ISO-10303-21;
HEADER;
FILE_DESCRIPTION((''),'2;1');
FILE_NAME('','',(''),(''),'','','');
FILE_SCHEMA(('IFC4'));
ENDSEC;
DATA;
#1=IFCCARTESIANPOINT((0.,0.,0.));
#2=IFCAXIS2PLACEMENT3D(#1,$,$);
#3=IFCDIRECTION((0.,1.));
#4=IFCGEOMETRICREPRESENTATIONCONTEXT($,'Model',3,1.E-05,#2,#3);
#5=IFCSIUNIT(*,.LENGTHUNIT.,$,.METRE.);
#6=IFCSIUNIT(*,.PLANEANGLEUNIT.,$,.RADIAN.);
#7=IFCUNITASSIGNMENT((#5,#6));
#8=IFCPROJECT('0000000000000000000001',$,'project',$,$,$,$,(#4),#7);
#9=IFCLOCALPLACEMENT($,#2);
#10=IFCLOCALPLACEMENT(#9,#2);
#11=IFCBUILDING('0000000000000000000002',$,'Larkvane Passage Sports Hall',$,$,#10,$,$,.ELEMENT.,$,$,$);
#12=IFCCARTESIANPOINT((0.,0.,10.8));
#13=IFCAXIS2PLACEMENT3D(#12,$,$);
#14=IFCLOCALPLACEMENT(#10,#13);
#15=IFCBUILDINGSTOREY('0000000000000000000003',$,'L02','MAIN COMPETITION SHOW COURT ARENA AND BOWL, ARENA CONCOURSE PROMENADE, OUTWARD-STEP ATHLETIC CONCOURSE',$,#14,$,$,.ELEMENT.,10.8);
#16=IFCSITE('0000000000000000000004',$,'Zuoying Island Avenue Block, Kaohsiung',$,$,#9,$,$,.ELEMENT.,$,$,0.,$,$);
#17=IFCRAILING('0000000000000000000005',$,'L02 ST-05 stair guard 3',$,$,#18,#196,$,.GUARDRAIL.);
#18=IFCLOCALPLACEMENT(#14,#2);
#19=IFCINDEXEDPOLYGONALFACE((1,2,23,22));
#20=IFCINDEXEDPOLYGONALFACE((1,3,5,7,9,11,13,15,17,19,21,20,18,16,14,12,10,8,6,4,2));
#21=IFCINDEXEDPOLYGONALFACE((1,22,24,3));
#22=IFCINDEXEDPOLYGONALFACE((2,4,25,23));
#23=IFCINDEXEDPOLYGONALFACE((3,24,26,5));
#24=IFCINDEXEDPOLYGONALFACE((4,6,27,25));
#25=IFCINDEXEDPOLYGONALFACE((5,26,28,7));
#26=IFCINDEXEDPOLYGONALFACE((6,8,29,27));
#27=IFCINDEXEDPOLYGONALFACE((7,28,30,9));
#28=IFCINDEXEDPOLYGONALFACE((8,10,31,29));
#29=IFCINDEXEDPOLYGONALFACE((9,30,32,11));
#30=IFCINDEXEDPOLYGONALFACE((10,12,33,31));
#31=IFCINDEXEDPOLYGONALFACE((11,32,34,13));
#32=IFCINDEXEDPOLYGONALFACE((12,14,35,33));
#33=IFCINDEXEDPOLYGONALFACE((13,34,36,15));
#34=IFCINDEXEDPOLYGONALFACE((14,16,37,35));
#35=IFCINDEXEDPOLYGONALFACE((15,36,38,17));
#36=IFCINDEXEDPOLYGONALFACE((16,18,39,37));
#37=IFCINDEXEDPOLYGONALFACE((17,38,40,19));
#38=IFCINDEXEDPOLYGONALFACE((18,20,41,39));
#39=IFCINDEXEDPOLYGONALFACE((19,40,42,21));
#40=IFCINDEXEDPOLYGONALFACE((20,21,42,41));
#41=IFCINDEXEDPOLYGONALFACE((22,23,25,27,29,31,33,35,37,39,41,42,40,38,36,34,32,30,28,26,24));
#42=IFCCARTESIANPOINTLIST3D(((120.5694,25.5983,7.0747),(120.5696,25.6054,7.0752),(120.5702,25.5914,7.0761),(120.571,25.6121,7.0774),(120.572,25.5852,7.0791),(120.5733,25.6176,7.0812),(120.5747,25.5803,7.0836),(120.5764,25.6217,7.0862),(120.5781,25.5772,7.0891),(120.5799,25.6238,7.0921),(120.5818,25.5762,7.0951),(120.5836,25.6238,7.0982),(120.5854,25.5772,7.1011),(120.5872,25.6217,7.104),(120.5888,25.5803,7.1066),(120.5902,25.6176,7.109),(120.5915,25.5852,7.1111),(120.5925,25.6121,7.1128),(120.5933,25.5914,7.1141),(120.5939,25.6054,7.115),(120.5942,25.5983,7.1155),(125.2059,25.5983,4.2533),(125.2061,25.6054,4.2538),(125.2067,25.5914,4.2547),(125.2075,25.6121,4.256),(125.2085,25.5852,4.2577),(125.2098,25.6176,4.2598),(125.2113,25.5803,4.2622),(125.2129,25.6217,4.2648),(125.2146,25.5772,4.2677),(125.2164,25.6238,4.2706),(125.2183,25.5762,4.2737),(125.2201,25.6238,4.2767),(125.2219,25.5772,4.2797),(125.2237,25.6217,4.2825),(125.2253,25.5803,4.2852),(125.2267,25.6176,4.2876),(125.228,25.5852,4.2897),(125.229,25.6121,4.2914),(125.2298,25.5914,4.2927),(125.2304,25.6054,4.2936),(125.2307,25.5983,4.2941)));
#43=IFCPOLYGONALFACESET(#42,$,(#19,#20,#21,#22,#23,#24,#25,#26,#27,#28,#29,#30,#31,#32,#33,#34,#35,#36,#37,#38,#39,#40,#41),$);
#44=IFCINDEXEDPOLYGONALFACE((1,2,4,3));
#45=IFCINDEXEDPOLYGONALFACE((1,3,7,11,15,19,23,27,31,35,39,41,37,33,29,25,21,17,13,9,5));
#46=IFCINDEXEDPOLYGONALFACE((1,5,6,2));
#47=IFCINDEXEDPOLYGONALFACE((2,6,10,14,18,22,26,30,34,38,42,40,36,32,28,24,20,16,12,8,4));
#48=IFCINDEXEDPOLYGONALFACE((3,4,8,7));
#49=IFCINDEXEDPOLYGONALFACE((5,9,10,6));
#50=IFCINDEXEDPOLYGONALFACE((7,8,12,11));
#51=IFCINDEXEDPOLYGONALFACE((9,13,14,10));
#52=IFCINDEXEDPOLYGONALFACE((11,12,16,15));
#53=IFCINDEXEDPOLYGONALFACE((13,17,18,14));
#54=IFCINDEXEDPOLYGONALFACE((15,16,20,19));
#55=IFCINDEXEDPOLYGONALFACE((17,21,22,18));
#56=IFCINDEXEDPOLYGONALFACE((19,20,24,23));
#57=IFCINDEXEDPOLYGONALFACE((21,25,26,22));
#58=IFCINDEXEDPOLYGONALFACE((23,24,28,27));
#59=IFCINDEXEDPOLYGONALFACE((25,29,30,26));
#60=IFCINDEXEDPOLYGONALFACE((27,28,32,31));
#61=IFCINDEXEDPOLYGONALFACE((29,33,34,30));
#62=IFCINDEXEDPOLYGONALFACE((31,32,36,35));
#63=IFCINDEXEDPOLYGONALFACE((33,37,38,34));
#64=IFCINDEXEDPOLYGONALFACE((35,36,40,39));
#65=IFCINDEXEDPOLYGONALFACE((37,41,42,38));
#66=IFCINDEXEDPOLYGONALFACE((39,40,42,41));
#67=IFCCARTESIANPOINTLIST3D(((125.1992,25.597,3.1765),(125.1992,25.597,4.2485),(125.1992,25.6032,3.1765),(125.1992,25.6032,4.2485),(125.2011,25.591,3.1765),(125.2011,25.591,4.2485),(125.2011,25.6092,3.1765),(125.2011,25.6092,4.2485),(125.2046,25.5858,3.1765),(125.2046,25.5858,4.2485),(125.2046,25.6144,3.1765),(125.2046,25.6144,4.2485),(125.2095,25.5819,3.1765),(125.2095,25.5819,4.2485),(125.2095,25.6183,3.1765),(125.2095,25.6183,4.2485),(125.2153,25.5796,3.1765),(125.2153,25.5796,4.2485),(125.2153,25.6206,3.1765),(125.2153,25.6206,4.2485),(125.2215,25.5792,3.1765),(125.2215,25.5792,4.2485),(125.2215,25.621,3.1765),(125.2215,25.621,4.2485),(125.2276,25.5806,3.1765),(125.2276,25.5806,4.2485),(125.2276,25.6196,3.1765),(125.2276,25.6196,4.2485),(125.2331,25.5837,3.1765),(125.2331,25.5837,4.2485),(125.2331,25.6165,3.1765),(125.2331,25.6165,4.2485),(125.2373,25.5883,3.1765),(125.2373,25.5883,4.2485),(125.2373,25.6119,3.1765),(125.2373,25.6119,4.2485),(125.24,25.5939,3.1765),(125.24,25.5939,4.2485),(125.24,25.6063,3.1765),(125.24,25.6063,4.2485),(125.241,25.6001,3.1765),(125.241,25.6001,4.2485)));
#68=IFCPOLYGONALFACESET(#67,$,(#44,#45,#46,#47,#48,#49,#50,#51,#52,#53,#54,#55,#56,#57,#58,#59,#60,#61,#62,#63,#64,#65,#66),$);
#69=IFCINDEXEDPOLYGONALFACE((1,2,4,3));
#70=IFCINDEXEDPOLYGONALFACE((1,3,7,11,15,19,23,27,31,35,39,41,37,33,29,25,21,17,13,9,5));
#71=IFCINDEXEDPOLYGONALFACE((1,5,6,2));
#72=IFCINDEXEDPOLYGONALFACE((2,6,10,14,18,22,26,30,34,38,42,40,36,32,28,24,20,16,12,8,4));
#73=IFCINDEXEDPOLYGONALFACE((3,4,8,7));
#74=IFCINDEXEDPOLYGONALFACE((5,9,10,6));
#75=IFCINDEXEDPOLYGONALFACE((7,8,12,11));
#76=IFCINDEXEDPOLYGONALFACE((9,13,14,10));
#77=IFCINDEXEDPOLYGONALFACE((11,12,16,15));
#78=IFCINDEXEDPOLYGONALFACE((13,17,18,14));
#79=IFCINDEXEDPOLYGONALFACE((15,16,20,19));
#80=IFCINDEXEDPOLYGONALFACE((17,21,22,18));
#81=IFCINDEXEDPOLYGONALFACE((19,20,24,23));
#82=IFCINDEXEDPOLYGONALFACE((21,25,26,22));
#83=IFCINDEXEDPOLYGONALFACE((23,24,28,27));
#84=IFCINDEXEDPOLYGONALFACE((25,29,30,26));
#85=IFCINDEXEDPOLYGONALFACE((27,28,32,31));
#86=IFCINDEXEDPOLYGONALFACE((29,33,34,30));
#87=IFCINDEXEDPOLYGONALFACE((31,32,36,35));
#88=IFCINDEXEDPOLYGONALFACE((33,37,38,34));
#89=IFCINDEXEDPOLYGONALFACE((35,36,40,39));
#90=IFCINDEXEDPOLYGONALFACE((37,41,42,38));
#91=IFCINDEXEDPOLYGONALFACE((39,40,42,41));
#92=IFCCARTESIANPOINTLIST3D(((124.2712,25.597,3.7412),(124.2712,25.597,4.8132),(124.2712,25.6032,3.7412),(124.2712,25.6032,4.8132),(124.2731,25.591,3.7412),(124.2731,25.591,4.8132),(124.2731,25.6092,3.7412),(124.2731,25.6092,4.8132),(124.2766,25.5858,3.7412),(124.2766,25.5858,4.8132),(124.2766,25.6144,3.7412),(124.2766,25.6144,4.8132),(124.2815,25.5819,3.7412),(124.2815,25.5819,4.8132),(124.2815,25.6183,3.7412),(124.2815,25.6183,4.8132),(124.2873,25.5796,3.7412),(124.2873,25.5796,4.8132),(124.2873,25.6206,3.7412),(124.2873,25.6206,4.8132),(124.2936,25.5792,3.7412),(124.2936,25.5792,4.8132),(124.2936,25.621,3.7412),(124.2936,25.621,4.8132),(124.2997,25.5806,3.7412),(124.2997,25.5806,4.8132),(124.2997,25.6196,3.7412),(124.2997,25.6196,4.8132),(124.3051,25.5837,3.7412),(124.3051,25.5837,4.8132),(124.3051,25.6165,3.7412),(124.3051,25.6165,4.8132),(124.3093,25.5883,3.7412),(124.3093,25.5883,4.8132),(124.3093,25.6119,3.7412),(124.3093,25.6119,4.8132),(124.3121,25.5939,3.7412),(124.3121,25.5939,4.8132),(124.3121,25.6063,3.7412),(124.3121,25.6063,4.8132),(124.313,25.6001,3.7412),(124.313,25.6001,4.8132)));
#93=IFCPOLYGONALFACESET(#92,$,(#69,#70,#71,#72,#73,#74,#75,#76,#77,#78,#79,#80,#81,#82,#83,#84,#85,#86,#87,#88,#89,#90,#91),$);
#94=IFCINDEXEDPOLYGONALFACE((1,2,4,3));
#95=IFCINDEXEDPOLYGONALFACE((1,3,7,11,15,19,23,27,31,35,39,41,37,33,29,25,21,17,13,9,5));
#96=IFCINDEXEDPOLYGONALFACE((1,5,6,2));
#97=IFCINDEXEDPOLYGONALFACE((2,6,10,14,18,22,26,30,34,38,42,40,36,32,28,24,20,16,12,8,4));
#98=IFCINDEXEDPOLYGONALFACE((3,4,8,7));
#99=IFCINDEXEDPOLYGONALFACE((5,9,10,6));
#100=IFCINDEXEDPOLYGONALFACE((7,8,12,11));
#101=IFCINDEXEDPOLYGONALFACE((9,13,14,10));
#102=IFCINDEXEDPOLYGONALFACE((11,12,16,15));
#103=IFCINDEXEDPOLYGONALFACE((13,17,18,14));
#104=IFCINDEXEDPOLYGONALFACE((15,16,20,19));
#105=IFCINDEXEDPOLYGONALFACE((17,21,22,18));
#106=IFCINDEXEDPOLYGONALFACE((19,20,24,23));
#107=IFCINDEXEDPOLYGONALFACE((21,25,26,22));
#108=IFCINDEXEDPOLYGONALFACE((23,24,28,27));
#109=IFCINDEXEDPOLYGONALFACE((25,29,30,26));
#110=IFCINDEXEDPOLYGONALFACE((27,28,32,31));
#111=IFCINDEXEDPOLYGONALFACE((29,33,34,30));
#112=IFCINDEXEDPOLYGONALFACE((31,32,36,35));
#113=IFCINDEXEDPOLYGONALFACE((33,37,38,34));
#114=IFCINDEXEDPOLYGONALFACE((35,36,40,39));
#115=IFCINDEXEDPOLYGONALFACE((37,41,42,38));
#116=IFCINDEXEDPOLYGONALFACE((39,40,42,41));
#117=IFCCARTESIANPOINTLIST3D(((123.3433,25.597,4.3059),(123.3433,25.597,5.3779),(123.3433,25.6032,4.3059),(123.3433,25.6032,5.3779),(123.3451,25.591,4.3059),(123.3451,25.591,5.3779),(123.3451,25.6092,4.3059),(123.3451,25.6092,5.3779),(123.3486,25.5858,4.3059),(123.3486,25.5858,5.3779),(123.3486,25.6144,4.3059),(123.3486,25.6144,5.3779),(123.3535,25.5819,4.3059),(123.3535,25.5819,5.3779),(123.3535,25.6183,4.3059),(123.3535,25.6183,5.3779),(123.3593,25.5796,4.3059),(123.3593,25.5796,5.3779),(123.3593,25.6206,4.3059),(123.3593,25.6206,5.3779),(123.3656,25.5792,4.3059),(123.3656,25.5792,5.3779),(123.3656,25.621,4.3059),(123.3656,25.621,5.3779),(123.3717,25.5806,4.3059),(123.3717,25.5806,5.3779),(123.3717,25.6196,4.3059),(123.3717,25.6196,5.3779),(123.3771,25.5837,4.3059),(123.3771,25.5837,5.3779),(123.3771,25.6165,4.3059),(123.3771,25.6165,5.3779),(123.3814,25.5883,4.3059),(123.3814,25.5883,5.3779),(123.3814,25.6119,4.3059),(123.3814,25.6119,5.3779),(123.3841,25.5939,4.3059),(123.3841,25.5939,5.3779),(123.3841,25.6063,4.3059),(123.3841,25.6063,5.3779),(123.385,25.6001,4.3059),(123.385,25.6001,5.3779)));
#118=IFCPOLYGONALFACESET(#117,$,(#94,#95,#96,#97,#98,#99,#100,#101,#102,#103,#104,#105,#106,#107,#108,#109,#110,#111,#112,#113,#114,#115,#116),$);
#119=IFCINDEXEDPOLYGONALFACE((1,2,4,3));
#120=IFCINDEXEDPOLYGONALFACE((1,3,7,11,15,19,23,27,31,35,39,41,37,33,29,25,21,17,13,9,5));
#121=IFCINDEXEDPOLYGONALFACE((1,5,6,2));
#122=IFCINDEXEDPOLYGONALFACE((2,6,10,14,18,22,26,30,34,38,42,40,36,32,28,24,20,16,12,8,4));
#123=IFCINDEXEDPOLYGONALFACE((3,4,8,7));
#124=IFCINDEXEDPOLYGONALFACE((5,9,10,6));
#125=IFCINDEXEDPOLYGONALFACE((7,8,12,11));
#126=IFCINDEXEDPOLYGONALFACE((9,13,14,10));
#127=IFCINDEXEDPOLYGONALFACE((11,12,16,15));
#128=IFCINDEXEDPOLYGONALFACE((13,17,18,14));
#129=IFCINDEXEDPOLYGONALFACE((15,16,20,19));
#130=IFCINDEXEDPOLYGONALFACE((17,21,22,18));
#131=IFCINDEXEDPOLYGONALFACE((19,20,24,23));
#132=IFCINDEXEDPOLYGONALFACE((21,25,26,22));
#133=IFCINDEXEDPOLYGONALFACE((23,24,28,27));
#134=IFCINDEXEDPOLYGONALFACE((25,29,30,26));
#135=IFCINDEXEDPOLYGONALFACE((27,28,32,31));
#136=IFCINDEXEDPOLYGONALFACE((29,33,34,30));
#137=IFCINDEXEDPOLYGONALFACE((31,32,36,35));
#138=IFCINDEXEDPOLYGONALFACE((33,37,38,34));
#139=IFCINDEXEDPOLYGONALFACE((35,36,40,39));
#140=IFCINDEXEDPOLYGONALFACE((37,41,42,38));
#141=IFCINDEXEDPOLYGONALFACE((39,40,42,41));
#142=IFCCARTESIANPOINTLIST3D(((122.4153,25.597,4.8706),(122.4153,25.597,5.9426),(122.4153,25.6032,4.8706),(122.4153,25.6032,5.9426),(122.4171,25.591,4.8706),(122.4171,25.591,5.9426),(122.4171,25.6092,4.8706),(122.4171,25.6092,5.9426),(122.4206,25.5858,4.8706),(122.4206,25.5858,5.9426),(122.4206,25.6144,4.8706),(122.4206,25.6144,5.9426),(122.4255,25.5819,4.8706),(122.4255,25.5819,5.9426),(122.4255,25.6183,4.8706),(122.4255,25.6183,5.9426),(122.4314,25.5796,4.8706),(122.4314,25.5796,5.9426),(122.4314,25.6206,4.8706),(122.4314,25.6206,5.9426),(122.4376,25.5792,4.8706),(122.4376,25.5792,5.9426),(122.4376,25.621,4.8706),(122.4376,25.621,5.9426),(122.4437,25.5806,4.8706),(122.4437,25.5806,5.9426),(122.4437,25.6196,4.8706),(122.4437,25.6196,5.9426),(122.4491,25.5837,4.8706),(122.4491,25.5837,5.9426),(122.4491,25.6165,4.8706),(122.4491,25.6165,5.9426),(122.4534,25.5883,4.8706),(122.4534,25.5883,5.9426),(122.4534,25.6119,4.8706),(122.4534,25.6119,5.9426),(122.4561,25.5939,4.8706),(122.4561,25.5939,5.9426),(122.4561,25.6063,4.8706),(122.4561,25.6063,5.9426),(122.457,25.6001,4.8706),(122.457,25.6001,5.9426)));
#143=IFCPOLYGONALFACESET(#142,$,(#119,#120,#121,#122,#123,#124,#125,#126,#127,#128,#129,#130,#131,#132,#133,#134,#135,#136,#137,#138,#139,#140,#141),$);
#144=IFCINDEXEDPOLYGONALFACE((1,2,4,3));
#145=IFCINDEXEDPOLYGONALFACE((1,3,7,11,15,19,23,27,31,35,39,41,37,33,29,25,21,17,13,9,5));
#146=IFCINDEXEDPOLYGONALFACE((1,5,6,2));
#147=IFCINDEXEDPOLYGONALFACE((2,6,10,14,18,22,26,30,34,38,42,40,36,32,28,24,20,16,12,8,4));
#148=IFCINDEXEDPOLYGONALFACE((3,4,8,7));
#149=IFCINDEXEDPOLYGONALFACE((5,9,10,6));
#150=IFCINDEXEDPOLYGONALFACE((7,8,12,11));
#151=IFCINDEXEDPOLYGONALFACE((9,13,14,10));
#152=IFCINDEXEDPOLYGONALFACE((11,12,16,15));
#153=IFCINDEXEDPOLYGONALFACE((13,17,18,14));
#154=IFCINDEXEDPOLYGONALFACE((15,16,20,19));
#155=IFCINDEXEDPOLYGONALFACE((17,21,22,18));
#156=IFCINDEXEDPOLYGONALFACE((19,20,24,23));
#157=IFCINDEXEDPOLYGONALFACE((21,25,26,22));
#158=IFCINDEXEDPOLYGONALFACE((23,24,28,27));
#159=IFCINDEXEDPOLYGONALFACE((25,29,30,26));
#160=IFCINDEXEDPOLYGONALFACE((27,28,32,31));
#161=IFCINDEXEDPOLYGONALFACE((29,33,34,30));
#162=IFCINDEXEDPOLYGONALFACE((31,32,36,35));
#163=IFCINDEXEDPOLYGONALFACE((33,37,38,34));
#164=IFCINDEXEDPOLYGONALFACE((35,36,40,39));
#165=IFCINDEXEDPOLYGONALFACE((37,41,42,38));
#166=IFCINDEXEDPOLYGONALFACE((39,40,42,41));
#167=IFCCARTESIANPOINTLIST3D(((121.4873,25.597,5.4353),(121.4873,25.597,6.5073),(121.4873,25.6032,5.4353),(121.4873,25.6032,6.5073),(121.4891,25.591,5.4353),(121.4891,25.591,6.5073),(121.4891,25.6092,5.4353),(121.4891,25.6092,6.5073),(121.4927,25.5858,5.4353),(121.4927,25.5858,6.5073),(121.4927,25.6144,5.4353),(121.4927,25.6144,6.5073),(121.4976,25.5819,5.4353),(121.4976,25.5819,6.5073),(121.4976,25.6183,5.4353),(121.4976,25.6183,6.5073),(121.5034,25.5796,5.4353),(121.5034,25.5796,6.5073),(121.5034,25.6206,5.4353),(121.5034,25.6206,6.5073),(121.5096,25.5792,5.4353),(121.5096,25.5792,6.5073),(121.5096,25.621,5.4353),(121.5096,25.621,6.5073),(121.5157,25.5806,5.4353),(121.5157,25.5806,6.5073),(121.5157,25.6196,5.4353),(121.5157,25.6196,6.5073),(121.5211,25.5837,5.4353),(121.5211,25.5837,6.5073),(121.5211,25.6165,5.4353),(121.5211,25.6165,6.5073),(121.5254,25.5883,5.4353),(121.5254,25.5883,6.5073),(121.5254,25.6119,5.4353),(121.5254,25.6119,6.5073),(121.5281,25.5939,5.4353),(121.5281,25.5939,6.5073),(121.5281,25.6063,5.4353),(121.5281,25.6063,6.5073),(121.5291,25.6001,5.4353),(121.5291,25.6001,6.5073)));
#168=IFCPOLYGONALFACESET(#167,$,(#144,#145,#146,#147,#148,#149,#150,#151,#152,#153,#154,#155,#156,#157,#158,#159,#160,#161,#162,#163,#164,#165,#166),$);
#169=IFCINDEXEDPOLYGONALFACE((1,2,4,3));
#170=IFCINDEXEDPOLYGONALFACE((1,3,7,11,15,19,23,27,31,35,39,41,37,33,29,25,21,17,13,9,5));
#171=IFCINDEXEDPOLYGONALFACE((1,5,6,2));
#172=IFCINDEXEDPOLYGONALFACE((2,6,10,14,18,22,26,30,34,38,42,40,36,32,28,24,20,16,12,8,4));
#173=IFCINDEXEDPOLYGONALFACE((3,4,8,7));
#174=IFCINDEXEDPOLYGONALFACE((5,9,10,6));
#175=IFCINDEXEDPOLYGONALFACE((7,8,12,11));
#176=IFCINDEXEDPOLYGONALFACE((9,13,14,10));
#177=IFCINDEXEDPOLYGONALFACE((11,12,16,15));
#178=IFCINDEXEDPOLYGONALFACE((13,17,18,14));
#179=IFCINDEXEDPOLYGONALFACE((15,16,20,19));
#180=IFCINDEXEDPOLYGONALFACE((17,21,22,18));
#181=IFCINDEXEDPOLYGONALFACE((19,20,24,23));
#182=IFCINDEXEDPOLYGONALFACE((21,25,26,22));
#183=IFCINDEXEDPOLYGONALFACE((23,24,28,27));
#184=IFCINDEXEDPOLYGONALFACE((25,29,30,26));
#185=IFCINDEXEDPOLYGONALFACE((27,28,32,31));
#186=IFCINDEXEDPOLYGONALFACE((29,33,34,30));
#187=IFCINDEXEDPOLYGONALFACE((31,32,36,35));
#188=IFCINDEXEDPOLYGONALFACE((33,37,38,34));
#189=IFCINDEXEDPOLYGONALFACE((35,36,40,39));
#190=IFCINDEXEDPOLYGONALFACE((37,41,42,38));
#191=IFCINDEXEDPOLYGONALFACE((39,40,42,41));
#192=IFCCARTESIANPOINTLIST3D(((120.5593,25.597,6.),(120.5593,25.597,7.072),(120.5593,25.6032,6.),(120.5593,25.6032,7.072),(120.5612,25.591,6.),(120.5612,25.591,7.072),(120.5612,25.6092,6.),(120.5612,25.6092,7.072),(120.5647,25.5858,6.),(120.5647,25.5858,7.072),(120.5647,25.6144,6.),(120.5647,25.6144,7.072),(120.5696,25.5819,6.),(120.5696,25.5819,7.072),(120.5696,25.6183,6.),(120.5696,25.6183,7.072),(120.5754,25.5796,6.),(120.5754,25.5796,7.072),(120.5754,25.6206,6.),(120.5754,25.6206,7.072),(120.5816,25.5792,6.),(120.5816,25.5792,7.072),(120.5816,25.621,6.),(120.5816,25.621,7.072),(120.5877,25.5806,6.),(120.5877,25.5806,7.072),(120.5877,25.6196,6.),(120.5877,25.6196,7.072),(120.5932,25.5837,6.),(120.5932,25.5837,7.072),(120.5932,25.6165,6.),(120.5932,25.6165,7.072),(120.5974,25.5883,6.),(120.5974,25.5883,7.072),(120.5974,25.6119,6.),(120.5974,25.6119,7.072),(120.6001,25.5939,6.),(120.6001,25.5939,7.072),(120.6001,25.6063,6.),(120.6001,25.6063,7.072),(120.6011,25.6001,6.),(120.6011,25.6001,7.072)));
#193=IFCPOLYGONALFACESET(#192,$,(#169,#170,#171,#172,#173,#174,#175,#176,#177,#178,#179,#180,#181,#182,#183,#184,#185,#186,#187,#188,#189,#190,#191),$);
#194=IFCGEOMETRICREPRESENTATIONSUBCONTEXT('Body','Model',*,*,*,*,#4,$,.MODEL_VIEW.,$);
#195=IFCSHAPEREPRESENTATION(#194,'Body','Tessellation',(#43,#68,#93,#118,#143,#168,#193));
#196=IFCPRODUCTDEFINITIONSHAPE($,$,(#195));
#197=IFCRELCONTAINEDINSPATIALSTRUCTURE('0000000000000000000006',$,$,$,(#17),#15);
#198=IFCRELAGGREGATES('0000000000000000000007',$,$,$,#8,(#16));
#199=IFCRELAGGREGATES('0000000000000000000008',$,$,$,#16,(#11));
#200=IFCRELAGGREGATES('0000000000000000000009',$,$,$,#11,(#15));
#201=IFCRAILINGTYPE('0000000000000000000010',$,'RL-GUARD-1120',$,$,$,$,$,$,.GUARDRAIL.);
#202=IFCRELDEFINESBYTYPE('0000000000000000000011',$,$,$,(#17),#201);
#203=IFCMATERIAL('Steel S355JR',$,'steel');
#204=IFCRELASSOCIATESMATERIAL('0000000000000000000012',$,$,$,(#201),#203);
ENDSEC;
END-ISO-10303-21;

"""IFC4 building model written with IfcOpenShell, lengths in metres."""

from ifc_helpers import new_model, si_unit, direction, frame, origin, origin_2d, place, context, subcontext, project, spatial, circle, extrude, material, type_object, element, save


model = new_model("IFC4")

# Units and contexts
model_context = context("Model", 3, precision=1e-05, world=origin(), true_north=direction((0.0, 1.0)))
body_context = subcontext(model_context, "Body", "Model", "MODEL_VIEW")
ifc_project = project(units=[si_unit("LENGTHUNIT", "METRE"), si_unit("PLANEANGLEUNIT", "RADIAN")], contexts=[model_context])

# Site, building, storey
site_placement = place(None, origin())
site = spatial("IfcSite", under=ifc_project, at=site_placement, Name="Zuoying Island Avenue Block, Kaohsiung", CompositionType="ELEMENT", RefElevation=0.0)
building_placement = place(site_placement, origin())
building = spatial("IfcBuilding", under=site, at=building_placement, Name="Larkvane Passage Sports Hall", CompositionType="ELEMENT")
storey_placement = place(building_placement, frame((0.0, 0.0, 10.8)))
storey = spatial("IfcBuildingStorey", under=building, at=storey_placement, Name="L02", Description="MAIN COMPETITION SHOW COURT ARENA AND BOWL, ARENA CONCOURSE PROMENADE, OUTWARD-STEP ATHLETIC CONCOURSE", CompositionType="ELEMENT", Elevation=10.8)

# Railing
ifc_material_1 = material(Name="Steel S355JR", Category="steel")
railing_type_1 = type_object("IfcRailingType", Name="RL-GUARD-1120", PredefinedType="GUARDRAIL", material=ifc_material_1)
railing_1_placement = place(storey_placement, frame((125.22, 25.6001, 3.1765)))
element("IfcRailing", 1, at=railing_1_placement, inside=storey, type_object=railing_type_1, Name="L02 ST-05 stair guard 3", PredefinedType="GUARDRAIL", context=body_context, shape_type="SweptSolid", body=[
    extrude(circle(Radius=0.0239, at=origin_2d()), frame((-0.0017, 0.0, 1.0972), z_axis=(-0.854264, 0.0, 0.51984), x_axis=(0.0, -1.0, 0.0)), (0.0, 0.0, 1.0), 5.4275),
    extrude(circle(Radius=0.021, at=origin_2d()), origin(), (0.0, 0.0, 1.0), 1.072),
    extrude(circle(Radius=0.021, at=origin_2d()), frame((-0.928, 0.0, 0.5647)), (0.0, 0.0, 1.0), 1.072),
    extrude(circle(Radius=0.021, at=origin_2d()), frame((-1.856, 0.0, 1.1294)), (0.0, 0.0, 1.0), 1.072),
    extrude(circle(Radius=0.021, at=origin_2d()), frame((-2.7839, 0.0, 1.6941)), (0.0, 0.0, 1.0), 1.072),
    extrude(circle(Radius=0.021, at=origin_2d()), frame((-3.7119, 0.0, 2.2588)), (0.0, 0.0, 1.0), 1.072),
    extrude(circle(Radius=0.021, at=origin_2d()), frame((-4.6399, 0.0, 2.8235)), (0.0, 0.0, 1.0), 1.072),
])

save(model, "model.ifc")
